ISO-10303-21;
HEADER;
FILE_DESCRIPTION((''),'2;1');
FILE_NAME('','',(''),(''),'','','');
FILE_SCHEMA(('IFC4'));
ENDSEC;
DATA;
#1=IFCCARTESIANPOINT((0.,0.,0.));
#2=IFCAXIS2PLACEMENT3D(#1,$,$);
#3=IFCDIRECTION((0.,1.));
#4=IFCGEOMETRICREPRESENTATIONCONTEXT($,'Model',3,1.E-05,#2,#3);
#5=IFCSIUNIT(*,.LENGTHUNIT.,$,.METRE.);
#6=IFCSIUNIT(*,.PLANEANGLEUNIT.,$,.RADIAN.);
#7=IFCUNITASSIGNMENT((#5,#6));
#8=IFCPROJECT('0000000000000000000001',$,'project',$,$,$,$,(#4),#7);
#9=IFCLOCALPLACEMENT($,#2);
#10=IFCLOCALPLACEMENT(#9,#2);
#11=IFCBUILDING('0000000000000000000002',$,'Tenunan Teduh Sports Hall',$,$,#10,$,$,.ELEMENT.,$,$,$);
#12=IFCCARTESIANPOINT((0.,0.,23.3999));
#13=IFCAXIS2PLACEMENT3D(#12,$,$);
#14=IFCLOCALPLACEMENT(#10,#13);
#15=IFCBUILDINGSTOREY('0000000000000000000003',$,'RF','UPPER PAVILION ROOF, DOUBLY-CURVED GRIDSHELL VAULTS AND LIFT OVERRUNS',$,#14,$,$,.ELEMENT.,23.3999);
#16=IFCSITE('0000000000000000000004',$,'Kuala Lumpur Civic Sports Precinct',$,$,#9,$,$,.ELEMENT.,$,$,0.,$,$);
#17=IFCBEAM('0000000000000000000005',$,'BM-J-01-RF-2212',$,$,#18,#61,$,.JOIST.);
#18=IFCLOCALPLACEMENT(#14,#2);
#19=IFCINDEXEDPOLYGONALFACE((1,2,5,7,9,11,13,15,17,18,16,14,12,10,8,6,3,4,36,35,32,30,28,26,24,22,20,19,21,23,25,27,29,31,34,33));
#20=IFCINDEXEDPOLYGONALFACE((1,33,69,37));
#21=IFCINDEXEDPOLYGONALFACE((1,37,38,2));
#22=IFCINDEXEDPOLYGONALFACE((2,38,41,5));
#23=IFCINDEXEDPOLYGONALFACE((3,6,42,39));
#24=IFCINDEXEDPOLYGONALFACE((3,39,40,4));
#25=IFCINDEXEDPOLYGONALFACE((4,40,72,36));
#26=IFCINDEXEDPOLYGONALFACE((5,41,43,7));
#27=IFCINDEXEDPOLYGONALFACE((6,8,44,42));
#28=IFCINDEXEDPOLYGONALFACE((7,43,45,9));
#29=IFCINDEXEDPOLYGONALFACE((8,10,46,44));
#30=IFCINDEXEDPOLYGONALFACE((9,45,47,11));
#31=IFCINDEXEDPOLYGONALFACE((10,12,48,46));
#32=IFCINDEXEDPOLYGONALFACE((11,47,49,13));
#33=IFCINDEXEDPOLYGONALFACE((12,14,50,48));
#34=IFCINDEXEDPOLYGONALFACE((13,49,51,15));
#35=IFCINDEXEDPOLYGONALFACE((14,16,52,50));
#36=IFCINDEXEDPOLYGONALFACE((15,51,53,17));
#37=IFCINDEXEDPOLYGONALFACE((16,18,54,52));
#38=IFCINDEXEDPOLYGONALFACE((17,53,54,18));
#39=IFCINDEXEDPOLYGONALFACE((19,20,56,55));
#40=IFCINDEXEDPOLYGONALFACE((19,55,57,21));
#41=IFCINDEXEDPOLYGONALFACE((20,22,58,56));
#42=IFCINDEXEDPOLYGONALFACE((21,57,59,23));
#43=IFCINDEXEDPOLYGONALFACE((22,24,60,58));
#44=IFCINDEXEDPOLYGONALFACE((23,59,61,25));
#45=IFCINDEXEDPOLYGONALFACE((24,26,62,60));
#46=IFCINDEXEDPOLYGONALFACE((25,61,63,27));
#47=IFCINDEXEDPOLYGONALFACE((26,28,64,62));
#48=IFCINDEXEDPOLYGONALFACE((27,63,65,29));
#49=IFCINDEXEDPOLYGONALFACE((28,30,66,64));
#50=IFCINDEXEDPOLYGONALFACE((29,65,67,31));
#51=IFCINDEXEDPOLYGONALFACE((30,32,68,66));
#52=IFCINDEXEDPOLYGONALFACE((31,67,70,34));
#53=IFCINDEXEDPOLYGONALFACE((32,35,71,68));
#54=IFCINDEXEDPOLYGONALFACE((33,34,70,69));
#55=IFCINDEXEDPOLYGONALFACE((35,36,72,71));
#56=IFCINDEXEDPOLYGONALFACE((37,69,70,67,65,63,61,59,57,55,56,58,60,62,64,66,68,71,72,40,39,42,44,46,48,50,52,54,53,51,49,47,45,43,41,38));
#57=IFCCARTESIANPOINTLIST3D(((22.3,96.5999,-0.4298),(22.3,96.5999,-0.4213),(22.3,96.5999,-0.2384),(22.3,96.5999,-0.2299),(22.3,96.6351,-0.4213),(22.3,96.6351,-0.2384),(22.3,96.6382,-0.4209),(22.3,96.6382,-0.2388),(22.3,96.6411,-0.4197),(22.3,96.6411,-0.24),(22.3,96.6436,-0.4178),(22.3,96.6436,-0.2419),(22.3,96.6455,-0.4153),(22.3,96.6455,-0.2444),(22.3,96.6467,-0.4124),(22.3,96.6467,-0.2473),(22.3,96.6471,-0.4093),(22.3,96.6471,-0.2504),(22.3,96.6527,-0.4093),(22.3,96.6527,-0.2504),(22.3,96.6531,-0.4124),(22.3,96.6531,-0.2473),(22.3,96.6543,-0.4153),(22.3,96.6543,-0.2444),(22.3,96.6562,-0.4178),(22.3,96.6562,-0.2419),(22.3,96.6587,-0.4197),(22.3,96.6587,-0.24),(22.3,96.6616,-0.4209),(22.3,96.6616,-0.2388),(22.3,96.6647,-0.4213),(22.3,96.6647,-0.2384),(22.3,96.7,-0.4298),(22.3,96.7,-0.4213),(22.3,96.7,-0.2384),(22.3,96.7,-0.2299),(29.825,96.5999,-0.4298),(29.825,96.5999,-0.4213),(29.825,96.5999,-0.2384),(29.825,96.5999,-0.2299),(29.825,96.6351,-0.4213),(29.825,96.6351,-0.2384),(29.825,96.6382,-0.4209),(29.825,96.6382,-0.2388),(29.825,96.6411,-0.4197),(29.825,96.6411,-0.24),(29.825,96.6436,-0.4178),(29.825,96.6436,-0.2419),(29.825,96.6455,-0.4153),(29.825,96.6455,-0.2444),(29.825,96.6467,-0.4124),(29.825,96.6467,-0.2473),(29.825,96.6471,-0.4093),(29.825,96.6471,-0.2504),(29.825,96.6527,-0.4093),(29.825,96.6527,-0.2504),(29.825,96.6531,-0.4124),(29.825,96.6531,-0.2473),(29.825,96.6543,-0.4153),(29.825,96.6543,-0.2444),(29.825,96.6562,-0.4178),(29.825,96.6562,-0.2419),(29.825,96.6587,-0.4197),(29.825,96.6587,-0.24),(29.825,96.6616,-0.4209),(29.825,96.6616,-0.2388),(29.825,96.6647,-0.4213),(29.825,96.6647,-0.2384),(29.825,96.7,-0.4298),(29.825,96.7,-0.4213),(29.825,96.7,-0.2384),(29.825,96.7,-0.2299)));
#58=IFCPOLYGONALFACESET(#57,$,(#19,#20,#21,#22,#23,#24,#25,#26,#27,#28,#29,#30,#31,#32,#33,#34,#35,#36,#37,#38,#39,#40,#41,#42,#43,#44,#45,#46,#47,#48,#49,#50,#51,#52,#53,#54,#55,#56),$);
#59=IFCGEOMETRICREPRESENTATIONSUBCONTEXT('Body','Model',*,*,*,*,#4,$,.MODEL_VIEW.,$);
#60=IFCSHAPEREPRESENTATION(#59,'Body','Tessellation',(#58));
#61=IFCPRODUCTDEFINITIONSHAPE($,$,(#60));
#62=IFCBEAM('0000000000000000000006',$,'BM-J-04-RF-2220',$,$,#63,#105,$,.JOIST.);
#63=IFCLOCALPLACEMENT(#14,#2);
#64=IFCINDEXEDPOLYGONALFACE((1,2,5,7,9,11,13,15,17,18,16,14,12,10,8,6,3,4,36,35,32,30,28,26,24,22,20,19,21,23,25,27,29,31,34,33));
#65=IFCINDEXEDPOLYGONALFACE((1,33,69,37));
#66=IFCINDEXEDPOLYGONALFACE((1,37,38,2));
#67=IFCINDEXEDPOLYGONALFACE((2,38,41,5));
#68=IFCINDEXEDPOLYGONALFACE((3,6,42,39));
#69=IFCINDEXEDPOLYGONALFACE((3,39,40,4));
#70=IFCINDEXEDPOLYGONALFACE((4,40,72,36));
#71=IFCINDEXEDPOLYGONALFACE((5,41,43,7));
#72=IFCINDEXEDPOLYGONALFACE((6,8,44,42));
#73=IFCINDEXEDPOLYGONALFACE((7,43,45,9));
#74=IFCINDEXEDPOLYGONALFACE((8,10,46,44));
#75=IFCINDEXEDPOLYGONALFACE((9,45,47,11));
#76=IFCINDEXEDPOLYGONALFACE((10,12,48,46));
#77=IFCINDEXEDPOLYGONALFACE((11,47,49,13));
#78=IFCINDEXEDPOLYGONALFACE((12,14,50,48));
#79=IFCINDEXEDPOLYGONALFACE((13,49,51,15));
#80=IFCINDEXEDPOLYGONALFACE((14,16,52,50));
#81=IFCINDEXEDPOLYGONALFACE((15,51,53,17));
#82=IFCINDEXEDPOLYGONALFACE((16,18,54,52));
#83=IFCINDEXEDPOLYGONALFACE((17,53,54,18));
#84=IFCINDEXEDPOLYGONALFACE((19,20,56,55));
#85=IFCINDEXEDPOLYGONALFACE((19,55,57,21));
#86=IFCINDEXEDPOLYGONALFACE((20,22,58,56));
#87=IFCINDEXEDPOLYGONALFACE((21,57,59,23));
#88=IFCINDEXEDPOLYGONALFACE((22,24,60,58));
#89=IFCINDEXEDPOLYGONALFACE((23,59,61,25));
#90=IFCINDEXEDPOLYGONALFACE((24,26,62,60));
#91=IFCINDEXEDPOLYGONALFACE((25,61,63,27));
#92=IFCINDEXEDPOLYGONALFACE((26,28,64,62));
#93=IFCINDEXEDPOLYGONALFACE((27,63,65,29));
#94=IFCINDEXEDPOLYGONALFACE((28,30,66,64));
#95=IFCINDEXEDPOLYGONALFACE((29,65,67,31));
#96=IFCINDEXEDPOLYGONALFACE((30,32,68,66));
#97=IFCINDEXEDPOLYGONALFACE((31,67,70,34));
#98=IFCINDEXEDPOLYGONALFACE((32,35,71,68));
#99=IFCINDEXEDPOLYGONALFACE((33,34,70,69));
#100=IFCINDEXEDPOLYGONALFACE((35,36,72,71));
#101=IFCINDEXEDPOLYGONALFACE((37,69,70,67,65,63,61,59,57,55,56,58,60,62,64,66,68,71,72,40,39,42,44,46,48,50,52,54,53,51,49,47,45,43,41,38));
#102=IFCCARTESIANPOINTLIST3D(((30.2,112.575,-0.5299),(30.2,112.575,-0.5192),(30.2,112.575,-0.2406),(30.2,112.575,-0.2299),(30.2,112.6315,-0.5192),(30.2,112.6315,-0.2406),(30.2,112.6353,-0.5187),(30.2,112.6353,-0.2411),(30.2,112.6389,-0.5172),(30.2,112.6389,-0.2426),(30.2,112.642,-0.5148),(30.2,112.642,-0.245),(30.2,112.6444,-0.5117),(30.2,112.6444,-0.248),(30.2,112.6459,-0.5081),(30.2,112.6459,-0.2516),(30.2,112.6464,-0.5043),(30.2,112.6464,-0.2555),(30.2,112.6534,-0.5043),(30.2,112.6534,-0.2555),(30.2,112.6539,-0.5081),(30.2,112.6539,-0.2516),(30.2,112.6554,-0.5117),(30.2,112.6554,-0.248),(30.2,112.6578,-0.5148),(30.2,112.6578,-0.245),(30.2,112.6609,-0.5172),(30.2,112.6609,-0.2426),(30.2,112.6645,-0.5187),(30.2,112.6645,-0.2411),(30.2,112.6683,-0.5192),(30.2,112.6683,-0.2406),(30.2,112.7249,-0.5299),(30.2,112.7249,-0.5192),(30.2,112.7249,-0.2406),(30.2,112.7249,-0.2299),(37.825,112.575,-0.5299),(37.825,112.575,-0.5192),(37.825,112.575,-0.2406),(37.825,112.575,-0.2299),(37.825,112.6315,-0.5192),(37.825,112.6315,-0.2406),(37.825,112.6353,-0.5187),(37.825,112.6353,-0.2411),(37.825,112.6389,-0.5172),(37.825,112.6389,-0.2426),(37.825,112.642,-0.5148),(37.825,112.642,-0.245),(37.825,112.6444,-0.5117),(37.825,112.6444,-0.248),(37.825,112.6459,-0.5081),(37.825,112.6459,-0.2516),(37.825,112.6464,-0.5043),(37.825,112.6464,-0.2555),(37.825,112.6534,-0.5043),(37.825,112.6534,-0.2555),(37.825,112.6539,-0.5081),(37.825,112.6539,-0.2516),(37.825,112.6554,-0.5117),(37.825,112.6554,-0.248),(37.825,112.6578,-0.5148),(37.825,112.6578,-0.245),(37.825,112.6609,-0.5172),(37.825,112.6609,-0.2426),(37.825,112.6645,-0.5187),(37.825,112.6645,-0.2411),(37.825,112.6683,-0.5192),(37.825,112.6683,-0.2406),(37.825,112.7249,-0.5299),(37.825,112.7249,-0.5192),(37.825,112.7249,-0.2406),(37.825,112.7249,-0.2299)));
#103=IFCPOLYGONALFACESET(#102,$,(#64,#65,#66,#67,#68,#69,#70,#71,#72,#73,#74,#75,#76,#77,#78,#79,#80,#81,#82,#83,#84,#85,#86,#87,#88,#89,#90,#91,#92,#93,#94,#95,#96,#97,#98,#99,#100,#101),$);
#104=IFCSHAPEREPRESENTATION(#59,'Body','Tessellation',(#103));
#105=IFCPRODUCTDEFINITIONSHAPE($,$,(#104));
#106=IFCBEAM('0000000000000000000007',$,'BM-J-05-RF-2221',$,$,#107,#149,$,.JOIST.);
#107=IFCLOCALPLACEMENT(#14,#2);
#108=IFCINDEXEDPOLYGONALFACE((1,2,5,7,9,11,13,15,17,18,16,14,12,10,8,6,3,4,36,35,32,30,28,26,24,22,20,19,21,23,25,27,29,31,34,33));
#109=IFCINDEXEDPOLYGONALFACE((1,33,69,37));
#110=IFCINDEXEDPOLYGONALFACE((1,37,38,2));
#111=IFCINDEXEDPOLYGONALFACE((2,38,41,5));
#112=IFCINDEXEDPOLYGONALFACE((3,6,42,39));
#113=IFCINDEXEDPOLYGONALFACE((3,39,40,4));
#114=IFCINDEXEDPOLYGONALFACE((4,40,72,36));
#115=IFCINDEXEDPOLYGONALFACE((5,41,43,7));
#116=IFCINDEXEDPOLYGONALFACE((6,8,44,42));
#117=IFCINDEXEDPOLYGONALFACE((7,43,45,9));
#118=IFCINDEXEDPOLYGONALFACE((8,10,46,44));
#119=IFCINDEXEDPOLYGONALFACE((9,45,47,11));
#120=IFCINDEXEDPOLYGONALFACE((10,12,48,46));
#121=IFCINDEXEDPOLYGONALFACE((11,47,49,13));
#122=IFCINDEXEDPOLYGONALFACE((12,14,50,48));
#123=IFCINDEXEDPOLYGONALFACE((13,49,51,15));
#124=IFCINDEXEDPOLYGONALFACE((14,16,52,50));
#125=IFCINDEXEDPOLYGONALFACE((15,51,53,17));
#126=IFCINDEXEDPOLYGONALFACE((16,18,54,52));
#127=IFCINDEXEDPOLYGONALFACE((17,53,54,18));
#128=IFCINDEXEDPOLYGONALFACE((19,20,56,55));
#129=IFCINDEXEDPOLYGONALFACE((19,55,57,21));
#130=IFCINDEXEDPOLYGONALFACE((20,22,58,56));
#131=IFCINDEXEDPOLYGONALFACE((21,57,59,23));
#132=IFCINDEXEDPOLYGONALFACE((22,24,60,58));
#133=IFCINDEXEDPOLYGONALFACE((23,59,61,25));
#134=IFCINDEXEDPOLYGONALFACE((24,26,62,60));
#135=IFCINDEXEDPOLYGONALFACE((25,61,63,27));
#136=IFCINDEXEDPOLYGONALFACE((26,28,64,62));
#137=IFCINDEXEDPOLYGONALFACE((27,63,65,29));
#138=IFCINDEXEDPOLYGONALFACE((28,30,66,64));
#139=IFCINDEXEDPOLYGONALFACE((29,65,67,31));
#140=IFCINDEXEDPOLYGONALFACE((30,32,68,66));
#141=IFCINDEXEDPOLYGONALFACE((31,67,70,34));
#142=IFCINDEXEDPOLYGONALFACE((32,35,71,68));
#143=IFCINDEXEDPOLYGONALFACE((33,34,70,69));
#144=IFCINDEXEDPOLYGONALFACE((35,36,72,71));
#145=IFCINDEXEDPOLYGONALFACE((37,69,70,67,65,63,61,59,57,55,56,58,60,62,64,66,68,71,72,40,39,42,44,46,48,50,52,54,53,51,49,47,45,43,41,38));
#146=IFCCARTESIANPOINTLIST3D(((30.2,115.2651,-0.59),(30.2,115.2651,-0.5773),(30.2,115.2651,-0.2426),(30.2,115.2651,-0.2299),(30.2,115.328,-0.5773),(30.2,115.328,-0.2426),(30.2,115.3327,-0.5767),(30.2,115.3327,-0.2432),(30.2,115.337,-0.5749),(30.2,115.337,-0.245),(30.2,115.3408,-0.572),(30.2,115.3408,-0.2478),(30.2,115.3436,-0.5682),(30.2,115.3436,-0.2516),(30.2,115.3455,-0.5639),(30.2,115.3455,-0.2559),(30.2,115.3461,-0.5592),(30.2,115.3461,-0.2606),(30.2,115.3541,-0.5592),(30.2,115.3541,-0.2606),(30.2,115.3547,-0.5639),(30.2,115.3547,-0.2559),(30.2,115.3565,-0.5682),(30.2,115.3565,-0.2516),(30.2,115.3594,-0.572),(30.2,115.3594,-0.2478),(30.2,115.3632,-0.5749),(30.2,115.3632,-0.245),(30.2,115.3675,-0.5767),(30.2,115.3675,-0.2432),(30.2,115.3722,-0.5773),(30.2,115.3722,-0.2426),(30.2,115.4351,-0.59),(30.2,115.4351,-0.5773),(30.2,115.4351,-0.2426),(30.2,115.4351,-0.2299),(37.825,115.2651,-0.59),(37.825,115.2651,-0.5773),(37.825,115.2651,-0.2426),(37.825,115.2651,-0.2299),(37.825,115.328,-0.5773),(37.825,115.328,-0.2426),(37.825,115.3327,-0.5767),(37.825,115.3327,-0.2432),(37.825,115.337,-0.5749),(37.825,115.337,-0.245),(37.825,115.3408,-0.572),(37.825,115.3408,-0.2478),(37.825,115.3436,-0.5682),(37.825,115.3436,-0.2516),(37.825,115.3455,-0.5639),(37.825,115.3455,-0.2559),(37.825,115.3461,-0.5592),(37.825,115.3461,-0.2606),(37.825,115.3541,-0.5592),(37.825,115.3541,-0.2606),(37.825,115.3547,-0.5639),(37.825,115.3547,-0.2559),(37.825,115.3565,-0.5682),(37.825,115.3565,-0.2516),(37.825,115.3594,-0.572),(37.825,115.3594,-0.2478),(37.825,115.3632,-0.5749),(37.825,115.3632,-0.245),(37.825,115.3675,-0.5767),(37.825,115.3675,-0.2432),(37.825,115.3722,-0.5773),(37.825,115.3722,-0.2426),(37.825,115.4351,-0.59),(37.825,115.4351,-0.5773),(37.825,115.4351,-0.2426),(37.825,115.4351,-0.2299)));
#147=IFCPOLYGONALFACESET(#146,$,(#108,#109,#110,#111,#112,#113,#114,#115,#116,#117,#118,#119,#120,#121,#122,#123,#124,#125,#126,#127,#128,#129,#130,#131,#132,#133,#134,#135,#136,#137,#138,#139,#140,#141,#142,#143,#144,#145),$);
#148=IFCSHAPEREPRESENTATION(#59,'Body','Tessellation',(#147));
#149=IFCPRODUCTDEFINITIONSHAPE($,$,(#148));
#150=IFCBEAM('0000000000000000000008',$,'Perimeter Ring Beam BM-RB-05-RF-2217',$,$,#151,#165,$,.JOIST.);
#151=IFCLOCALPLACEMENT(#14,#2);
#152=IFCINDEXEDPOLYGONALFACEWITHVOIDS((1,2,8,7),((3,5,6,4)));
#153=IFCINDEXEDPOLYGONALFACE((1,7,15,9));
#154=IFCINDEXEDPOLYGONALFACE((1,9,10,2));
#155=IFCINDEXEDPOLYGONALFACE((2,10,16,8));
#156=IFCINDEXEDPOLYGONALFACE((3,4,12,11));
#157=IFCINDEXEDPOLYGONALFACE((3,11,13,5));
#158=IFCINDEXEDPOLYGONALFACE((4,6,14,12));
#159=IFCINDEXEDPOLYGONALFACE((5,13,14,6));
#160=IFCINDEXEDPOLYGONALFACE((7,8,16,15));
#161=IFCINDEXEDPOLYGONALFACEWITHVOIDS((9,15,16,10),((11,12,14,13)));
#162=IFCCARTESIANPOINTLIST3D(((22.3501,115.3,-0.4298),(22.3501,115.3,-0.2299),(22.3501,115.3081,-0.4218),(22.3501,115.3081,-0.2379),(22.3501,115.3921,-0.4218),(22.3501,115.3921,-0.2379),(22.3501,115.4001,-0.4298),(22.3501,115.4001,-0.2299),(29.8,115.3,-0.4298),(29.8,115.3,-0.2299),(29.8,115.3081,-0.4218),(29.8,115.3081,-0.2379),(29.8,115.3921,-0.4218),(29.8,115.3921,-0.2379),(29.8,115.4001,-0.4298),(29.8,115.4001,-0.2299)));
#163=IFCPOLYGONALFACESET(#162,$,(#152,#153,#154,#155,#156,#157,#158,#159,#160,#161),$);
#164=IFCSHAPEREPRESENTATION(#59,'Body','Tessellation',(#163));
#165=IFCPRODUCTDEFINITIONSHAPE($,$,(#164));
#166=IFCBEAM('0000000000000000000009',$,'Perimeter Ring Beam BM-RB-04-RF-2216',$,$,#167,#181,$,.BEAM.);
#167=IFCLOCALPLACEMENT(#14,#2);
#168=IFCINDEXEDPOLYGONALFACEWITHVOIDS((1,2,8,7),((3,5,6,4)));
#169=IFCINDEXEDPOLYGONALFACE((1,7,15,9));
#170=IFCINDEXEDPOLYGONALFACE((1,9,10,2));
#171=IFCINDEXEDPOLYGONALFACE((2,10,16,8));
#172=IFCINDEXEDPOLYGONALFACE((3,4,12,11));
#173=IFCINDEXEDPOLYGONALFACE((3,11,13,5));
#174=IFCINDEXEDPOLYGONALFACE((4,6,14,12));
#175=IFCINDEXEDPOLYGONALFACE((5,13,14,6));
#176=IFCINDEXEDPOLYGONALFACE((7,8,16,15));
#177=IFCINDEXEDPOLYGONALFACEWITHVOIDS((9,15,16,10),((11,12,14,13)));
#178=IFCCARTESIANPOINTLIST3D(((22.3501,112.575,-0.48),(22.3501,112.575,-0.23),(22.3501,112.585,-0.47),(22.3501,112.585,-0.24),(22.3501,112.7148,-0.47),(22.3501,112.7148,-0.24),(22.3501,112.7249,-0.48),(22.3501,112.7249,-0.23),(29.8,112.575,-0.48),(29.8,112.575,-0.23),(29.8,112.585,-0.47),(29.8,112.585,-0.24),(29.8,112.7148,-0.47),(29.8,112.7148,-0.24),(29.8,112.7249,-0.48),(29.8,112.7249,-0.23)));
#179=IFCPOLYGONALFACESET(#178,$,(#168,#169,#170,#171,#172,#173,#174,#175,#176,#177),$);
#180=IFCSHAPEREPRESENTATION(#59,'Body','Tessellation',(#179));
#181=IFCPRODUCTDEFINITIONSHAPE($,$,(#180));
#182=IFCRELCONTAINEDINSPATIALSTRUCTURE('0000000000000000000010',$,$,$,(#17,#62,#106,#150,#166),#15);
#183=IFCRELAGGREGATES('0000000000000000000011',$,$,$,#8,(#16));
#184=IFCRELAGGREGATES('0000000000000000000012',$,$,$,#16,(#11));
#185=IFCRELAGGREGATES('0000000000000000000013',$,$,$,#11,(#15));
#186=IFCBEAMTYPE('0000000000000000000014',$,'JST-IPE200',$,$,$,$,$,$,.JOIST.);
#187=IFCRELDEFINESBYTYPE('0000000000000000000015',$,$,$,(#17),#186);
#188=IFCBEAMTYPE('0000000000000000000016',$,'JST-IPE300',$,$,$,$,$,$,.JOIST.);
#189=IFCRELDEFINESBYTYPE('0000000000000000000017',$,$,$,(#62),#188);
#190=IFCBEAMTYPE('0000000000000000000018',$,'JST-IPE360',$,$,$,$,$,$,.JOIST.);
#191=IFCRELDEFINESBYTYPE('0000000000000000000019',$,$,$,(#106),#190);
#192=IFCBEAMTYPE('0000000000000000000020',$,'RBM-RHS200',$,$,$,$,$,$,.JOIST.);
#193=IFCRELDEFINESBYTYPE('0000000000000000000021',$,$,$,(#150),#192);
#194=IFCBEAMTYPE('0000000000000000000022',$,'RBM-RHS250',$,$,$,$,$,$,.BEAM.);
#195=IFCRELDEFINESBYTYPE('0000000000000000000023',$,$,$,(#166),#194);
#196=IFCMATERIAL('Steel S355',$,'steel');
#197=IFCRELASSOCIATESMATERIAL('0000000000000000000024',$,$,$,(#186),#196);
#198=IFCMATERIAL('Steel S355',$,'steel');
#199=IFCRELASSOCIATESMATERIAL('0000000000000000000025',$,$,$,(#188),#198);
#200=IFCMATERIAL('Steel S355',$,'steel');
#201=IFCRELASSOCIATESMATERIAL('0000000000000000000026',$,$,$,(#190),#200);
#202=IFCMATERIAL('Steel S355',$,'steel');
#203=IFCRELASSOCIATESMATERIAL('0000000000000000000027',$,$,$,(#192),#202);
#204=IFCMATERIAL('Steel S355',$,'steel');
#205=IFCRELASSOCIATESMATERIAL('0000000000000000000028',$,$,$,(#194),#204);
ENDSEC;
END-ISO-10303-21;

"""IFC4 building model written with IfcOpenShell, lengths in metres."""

from ifc_helpers import new_model, si_unit, direction, frame, origin, origin_2d, place, context, subcontext, project, spatial, hollow_rectangle, i_section, extrude, material, material_profile, profile_set, type_object, element, save


model = new_model("IFC4")

# Units and contexts
model_context = context("Model", 3, precision=1e-05, world=origin(), true_north=direction((0.0, 1.0)))
body_context = subcontext(model_context, "Body", "Model", "MODEL_VIEW")
ifc_project = project(units=[si_unit("LENGTHUNIT", "METRE"), si_unit("PLANEANGLEUNIT", "RADIAN")], contexts=[model_context])

# Site, building, storey
site_placement = place(None, origin())
site = spatial("IfcSite", under=ifc_project, at=site_placement, Name="Kuala Lumpur Civic Sports Precinct", CompositionType="ELEMENT", RefElevation=0.0)
building_placement = place(site_placement, origin())
building = spatial("IfcBuilding", under=site, at=building_placement, Name="Tenunan Teduh Sports Hall", CompositionType="ELEMENT")
storey_placement = place(building_placement, frame((0.0, 0.0, 23.3999)))
storey = spatial("IfcBuildingStorey", under=building, at=storey_placement, Name="RF", Description="UPPER PAVILION ROOF, DOUBLY-CURVED GRIDSHELL VAULTS AND LIFT OVERRUNS", CompositionType="ELEMENT", Elevation=23.3999)

# Beams
ifc_material_1 = material(Name="Steel S355", Category="steel")
ifc_material_profile_1 = material_profile(ifc_material_1, i_section(OverallWidth=0.1001, OverallDepth=0.2, WebThickness=0.0056, FlangeThickness=0.0085, FilletRadius=0.012, at=origin_2d()), Name="IPE 200")
ifc_profile_set_1 = profile_set([ifc_material_profile_1], Name="Steel S355")
beam_type_1 = type_object("IfcBeamType", Name="JST-IPE200", PredefinedType="JOIST", material=ifc_profile_set_1)
beam_1_placement = place(storey_placement, frame((22.3, 96.6499, -0.3298), z_axis=(1.0, 0.0, 0.0), x_axis=(0.0, 1.0, 0.0)))
element("IfcBeam", 1, at=beam_1_placement, inside=storey, type_object=beam_type_1, Name="BM-J-01-RF-2212", PredefinedType="JOIST", context=body_context, shape_type="SweptSolid", body=[
    extrude(i_section(OverallWidth=0.1001, OverallDepth=0.2, WebThickness=0.0056, FlangeThickness=0.0085, FilletRadius=0.012, at=origin_2d()), origin(), (0.0, 0.0, 1.0), 7.5249),
])
ifc_material_2 = material(Name="Steel S355", Category="steel")
ifc_material_profile_2 = material_profile(ifc_material_2, i_section(OverallWidth=0.1499, OverallDepth=0.3, WebThickness=0.0071, FlangeThickness=0.0107, FilletRadius=0.0149, at=origin_2d()), Name="IPE 300")
ifc_profile_set_2 = profile_set([ifc_material_profile_2], Name="Steel S355")
beam_type_2 = type_object("IfcBeamType", Name="JST-IPE300", PredefinedType="JOIST", material=ifc_profile_set_2)
beam_2_placement = place(storey_placement, frame((30.2, 112.6499, -0.3799), z_axis=(1.0, 0.0, 0.0), x_axis=(0.0, 1.0, 0.0)))
element("IfcBeam", 2, at=beam_2_placement, inside=storey, type_object=beam_type_2, Name="BM-J-04-RF-2220", PredefinedType="JOIST", context=body_context, shape_type="SweptSolid", body=[
    extrude(i_section(OverallWidth=0.1499, OverallDepth=0.3, WebThickness=0.0071, FlangeThickness=0.0107, FilletRadius=0.0149, at=origin_2d()), origin(), (0.0, 0.0, 1.0), 7.625),
])
ifc_material_3 = material(Name="Steel S355", Category="steel")
ifc_material_profile_3 = material_profile(ifc_material_3, i_section(OverallWidth=0.1699, OverallDepth=0.3601, WebThickness=0.0081, FlangeThickness=0.0127, FilletRadius=0.0181, at=origin_2d()), Name="IPE 360")
ifc_profile_set_3 = profile_set([ifc_material_profile_3], Name="Steel S355")
beam_type_3 = type_object("IfcBeamType", Name="JST-IPE360", PredefinedType="JOIST", material=ifc_profile_set_3)
beam_3_placement = place(storey_placement, frame((30.2, 115.3501, -0.4099), z_axis=(1.0, 0.0, 0.0), x_axis=(0.0, 1.0, 0.0)))
element("IfcBeam", 3, at=beam_3_placement, inside=storey, type_object=beam_type_3, Name="BM-J-05-RF-2221", PredefinedType="JOIST", context=body_context, shape_type="SweptSolid", body=[
    extrude(i_section(OverallWidth=0.1699, OverallDepth=0.3601, WebThickness=0.0081, FlangeThickness=0.0127, FilletRadius=0.0181, at=origin_2d()), origin(), (0.0, 0.0, 1.0), 7.625),
])
ifc_material_4 = material(Name="Steel S355", Category="steel")
ifc_material_profile_4 = material_profile(ifc_material_4, hollow_rectangle(XDim=0.1001, YDim=0.2, WallThickness=0.0081, at=origin_2d()), Name="RHS 200x100x8.0")
ifc_profile_set_4 = profile_set([ifc_material_profile_4], Name="Steel S355")
beam_type_4 = type_object("IfcBeamType", Name="RBM-RHS200", PredefinedType="JOIST", material=ifc_profile_set_4)
beam_4_placement = place(storey_placement, frame((22.3501, 115.3501, -0.3298), z_axis=(1.0, 0.0, 0.0), x_axis=(0.0, 1.0, 0.0)))
element("IfcBeam", 4, at=beam_4_placement, inside=storey, type_object=beam_type_4, Name="Perimeter Ring Beam BM-RB-05-RF-2217", PredefinedType="JOIST", context=body_context, shape_type="SweptSolid", body=[
    extrude(hollow_rectangle(XDim=0.1001, YDim=0.2, WallThickness=0.0081, at=origin_2d()), origin(), (0.0, 0.0, 1.0), 7.45),
])
ifc_material_5 = material(Name="Steel S355", Category="steel")
ifc_material_profile_5 = material_profile(ifc_material_5, hollow_rectangle(XDim=0.1499, YDim=0.25, WallThickness=0.01, at=origin_2d()), Name="RHS 250x150x10.0")
ifc_profile_set_5 = profile_set([ifc_material_profile_5], Name="Steel S355")
beam_type_5 = type_object("IfcBeamType", Name="RBM-RHS250", PredefinedType="BEAM", material=ifc_profile_set_5)
beam_5_placement = place(storey_placement, frame((22.3501, 112.6499, -0.355), z_axis=(1.0, 0.0, 0.0), x_axis=(0.0, 1.0, 0.0)))
element("IfcBeam", 5, at=beam_5_placement, inside=storey, type_object=beam_type_5, Name="Perimeter Ring Beam BM-RB-04-RF-2216", PredefinedType="BEAM", context=body_context, shape_type="SweptSolid", body=[
    extrude(hollow_rectangle(XDim=0.1499, YDim=0.25, WallThickness=0.01, at=origin_2d()), origin(), (0.0, 0.0, 1.0), 7.45),
])

save(model, "model.ifc")
